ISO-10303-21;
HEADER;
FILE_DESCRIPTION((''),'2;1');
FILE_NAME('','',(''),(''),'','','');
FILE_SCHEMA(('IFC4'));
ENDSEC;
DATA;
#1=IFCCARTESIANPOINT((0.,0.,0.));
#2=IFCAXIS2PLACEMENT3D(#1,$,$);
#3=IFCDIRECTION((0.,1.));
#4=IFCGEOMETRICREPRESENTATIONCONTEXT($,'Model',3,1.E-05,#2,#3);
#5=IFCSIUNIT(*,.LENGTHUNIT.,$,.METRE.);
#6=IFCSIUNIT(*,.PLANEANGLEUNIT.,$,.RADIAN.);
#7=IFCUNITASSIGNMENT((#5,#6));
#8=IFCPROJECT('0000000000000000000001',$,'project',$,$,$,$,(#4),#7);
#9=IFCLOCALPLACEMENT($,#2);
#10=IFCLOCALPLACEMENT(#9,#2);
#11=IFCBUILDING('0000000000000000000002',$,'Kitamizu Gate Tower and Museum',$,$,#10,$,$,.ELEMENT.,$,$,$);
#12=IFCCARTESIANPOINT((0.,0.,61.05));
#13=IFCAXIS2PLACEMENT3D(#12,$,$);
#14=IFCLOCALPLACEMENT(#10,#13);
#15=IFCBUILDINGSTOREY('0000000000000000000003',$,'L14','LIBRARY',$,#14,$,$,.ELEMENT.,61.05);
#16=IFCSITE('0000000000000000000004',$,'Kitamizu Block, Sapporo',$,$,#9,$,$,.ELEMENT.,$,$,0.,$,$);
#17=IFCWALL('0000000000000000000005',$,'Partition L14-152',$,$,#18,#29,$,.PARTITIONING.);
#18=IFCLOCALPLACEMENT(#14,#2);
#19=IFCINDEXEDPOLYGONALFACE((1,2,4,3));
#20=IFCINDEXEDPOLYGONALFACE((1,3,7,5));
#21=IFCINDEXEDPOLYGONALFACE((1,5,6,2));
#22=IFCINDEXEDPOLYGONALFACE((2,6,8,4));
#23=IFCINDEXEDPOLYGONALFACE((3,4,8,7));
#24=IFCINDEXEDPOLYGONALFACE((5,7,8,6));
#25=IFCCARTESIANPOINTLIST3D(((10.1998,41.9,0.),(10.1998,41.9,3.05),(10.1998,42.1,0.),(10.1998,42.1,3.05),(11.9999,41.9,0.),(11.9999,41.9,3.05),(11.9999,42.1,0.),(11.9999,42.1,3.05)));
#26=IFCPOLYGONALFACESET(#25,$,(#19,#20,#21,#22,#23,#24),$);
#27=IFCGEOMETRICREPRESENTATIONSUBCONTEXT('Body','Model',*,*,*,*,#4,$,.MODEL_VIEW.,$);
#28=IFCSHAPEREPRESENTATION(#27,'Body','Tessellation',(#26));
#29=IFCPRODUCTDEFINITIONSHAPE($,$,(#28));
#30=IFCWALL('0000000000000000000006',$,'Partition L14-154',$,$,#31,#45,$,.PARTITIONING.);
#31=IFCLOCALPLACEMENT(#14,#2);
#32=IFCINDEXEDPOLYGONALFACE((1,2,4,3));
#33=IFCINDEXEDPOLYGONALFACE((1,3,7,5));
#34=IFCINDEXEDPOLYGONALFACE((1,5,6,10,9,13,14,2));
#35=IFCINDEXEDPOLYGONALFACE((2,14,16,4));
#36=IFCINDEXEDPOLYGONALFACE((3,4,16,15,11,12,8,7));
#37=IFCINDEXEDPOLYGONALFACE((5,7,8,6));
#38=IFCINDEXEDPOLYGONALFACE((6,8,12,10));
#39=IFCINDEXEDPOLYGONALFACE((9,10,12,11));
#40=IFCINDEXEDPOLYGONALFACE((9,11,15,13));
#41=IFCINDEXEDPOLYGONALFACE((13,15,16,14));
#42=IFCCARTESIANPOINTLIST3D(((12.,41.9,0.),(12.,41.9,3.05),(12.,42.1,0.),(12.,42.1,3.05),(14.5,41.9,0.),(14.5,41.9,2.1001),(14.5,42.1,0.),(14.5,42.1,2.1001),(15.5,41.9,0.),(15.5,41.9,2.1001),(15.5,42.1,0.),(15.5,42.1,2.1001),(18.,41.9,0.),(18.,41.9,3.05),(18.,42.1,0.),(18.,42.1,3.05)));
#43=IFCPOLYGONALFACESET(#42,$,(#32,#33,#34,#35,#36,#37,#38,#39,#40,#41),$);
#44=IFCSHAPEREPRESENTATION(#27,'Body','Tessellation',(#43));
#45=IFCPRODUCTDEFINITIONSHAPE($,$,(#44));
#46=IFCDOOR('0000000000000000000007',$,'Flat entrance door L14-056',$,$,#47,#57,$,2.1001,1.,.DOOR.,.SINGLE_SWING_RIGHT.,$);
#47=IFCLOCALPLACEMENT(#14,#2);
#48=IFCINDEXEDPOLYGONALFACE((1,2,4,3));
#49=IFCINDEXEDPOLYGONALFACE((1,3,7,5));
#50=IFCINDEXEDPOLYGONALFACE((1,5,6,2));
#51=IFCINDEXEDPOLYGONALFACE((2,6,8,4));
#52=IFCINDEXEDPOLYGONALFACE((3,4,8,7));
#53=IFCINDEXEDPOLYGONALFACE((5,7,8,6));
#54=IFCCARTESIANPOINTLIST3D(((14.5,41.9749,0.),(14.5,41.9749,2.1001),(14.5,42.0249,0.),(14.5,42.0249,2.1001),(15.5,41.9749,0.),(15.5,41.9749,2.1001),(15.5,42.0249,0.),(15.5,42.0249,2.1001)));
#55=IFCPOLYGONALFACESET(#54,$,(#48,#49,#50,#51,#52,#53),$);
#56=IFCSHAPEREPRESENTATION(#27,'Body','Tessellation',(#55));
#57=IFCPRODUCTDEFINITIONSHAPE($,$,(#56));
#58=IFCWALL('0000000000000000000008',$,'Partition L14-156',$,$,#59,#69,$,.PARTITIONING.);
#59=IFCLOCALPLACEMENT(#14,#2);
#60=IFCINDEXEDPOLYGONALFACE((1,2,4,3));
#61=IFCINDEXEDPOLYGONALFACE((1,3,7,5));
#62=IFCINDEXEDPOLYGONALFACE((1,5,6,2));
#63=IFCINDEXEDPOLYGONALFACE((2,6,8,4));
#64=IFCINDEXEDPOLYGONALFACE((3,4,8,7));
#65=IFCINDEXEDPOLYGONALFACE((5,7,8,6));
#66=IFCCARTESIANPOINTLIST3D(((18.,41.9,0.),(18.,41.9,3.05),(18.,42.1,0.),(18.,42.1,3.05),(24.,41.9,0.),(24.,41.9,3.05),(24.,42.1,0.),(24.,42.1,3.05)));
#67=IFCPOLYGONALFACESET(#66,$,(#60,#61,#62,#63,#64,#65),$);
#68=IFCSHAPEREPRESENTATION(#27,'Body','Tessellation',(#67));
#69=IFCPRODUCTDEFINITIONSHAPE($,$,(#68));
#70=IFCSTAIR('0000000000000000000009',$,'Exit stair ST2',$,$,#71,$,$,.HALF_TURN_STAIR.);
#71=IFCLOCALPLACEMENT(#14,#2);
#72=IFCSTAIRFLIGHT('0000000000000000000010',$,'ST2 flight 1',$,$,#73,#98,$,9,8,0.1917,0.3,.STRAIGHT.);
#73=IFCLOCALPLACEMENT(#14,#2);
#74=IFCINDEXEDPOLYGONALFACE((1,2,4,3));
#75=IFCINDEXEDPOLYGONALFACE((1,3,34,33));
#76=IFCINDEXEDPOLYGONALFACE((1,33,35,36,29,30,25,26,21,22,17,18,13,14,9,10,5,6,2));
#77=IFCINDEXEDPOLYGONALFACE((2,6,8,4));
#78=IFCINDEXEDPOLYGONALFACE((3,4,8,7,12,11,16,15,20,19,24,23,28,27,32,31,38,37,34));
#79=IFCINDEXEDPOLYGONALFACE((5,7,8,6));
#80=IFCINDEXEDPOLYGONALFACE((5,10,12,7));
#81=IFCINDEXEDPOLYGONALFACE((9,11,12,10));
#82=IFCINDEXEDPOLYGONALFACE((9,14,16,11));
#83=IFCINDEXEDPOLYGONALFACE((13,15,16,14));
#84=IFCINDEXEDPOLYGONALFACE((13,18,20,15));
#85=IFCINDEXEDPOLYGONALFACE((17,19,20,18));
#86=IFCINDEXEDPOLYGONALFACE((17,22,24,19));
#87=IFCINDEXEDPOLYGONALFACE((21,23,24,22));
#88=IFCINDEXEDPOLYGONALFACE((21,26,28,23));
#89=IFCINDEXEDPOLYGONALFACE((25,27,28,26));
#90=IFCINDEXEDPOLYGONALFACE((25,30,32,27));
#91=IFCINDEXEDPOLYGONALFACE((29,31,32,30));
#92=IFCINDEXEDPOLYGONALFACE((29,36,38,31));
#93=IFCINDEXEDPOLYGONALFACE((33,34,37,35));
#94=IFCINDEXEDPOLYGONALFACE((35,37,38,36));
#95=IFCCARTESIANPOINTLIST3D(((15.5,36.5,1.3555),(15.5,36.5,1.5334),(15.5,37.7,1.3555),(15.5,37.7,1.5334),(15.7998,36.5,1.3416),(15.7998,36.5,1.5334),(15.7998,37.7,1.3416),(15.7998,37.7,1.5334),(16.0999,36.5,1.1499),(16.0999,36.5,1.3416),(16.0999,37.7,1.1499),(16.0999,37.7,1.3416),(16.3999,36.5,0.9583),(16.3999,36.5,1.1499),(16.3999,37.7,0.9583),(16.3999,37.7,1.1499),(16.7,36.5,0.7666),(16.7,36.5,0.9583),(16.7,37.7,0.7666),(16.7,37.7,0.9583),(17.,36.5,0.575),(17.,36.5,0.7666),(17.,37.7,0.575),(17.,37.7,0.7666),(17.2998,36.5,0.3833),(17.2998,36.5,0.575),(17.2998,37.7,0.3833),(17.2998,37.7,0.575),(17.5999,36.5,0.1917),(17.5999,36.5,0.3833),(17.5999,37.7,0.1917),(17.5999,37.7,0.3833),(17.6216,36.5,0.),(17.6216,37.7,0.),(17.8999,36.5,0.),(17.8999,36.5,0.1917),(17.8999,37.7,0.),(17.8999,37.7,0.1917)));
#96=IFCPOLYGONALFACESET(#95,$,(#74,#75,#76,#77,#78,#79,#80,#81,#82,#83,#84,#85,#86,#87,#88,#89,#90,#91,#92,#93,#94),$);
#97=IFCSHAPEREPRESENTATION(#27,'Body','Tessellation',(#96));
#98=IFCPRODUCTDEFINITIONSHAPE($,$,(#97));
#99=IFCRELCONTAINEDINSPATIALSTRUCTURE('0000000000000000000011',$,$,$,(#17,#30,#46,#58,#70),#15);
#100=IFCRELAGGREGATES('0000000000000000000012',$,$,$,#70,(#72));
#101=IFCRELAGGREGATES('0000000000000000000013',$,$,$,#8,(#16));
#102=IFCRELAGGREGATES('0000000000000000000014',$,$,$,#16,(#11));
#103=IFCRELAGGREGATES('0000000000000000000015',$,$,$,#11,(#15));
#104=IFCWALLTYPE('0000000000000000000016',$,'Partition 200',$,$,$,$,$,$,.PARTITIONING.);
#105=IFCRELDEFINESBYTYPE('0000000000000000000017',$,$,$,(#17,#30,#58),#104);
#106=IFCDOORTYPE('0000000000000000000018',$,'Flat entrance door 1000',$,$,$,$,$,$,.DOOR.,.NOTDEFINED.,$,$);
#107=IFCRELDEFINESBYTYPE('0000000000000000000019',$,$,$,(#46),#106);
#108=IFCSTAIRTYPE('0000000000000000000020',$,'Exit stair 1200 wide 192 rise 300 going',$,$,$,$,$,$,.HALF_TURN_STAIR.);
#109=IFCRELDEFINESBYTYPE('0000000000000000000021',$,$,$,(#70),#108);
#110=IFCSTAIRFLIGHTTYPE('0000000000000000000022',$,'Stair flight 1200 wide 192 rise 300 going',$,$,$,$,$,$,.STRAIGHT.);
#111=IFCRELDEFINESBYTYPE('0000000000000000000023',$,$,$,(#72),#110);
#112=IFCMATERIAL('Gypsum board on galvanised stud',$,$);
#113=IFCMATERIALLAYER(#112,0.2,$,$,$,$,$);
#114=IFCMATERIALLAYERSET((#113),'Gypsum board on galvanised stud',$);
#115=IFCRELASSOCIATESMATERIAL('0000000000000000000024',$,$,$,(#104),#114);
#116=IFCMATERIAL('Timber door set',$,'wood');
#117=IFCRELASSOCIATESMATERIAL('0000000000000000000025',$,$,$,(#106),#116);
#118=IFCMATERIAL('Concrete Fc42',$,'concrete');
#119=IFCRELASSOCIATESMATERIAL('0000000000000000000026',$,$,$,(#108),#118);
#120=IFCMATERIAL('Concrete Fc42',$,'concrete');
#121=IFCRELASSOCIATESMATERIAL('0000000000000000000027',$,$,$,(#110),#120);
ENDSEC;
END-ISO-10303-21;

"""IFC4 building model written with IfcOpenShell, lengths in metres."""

from ifc_helpers import new_model, si_unit, direction, frame, frame_2d, origin, place, context, subcontext, project, spatial, polyline, rectangle, outline, extrude, material, layer, layer_set, type_object, element, fill, aggregate, save


model = new_model("IFC4")

# Units and contexts
model_context = context("Model", 3, precision=1e-05, world=origin(), true_north=direction((0.0, 1.0)))
body_context = subcontext(model_context, "Body", "Model", "MODEL_VIEW")
ifc_project = project(units=[si_unit("LENGTHUNIT", "METRE"), si_unit("PLANEANGLEUNIT", "RADIAN")], contexts=[model_context])

# Site, building, storey
site_placement = place(None, origin())
site = spatial("IfcSite", under=ifc_project, at=site_placement, Name="Kitamizu Block, Sapporo", CompositionType="ELEMENT", RefElevation=0.0)
building_placement = place(site_placement, origin())
building = spatial("IfcBuilding", under=site, at=building_placement, Name="Kitamizu Gate Tower and Museum", CompositionType="ELEMENT")
storey_placement = place(building_placement, frame((0.0, 0.0, 61.05)))
storey = spatial("IfcBuildingStorey", under=building, at=storey_placement, Name="L14", Description="LIBRARY", CompositionType="ELEMENT", Elevation=61.05)

# Wall
ifc_material_1 = material(Name="Gypsum board on galvanised stud")
ifc_layer_1 = layer(ifc_material_1, 0.2)
ifc_layer_set_1 = layer_set([ifc_layer_1], Name="Gypsum board on galvanised stud")
wall_type_1 = type_object("IfcWallType", Name="Partition 200", PredefinedType="PARTITIONING", material=ifc_layer_set_1)
wall_1_placement = place(storey_placement, frame((10.2, 42.0, 0.0), z_axis=(0.0, 0.0, 1.0), x_axis=(1.0, 0.0, 0.0)))
element("IfcWall", 1, at=wall_1_placement, inside=storey, type_object=wall_type_1, Name="Partition L14-152", PredefinedType="PARTITIONING", context=body_context, shape_type="SweptSolid", body=[
    extrude(rectangle(XDim=1.8, YDim=0.2, at=frame_2d((0.8999, 0.0))), origin(), (0.0, 0.0, 1.0), 3.05),
])

# Wall, opening, door
wall_2_placement = place(storey_placement, frame((12.0, 42.0, 0.0), z_axis=(0.0, 0.0, 1.0), x_axis=(1.0, 0.0, 0.0)))
wall_2 = element("IfcWall", 2, at=wall_2_placement, inside=storey, type_object=wall_type_1, Name="Partition L14-154", PredefinedType="PARTITIONING", context=body_context, shape_type="SweptSolid", body=[
    extrude(rectangle(XDim=6.0, YDim=0.2, at=frame_2d((3.0, 0.0))), origin(), (0.0, 0.0, 1.0), 3.05),
])
opening_1_placement = place(wall_2_placement, frame((2.5, 0.0, 0.0)))
opening_1 = element("IfcOpeningElement", 3, at=opening_1_placement, cuts=wall_2, PredefinedType="OPENING", context=body_context, shape_type="SweptSolid", body=[
    extrude(rectangle(XDim=1.0, YDim=2.1001, at=frame_2d((0.5, 1.05))), frame((0.0, 0.1099, 0.0), z_axis=(0.0, -1.0, 0.0), x_axis=(1.0, 0.0, 0.0)), (0.0, 0.0, 1.0), 0.22),
])
ifc_material_2 = material(Name="Timber door set", Category="wood")
door_type_1 = type_object("IfcDoorType", Name="Flat entrance door 1000", OperationType="NOTDEFINED", PredefinedType="DOOR", material=ifc_material_2)
door_1_placement = place(opening_1_placement, origin())
door_1 = element("IfcDoor", 4, at=door_1_placement, inside=storey, type_object=door_type_1, Name="Flat entrance door L14-056", OperationType="SINGLE_SWING_RIGHT", OverallHeight=2.1001, OverallWidth=1.0, PredefinedType="DOOR", context=body_context, shape_type="SweptSolid", body=[
    extrude(rectangle(XDim=1.0, YDim=2.1001, at=frame_2d((0.5, 1.05))), frame((0.0, 0.0249, 0.0), z_axis=(0.0, -1.0, 0.0), x_axis=(1.0, 0.0, 0.0)), (0.0, 0.0, 1.0), 0.05),
])
fill(opening_1, door_1)

# Wall
wall_3_placement = place(storey_placement, frame((18.0, 42.0, 0.0), z_axis=(0.0, 0.0, 1.0), x_axis=(1.0, 0.0, 0.0)))
element("IfcWall", 5, at=wall_3_placement, inside=storey, type_object=wall_type_1, Name="Partition L14-156", PredefinedType="PARTITIONING", context=body_context, shape_type="SweptSolid", body=[
    extrude(rectangle(XDim=6.0, YDim=0.2, at=frame_2d((3.0, 0.0))), origin(), (0.0, 0.0, 1.0), 3.05),
])

# Stair, stair flight
ifc_material_3 = material(Name="Concrete Fc42", Category="concrete")
stair_type = type_object("IfcStairType", Name="Exit stair 1200 wide 192 rise 300 going", PredefinedType="HALF_TURN_STAIR", material=ifc_material_3)
stair_placement = place(storey_placement, origin())
stair = element("IfcStair", 6, at=stair_placement, inside=storey, type_object=stair_type, Name="Exit stair ST2", PredefinedType="HALF_TURN_STAIR")
ifc_material_4 = material(Name="Concrete Fc42", Category="concrete")
stair_flight_type = type_object("IfcStairFlightType", Name="Stair flight 1200 wide 192 rise 300 going", PredefinedType="STRAIGHT", material=ifc_material_4)
stair_flight_placement = place(storey_placement, frame((17.8999, 37.1001, 0.0), z_axis=(0.0, 0.0, 1.0), x_axis=(-1.0, 0.0, 0.0)))
stair_flight = element("IfcStairFlight", 7, at=stair_flight_placement, type_object=stair_flight_type, Name="ST2 flight 1", NumberOfRisers=9, NumberOfTreads=8, PredefinedType="STRAIGHT", RiserHeight=0.1917, TreadLength=0.3, context=body_context, shape_type="SweptSolid", body=[
    extrude(outline(polyline([(0.0, 0.0), (0.0, 0.1917), (0.3, 0.1917), (0.3, 0.3833), (0.6001, 0.3833), (0.6001, 0.575), (0.8999, 0.575), (0.8999, 0.7666), (1.2, 0.7666), (1.2, 0.9583), (1.5, 0.9583), (1.5, 1.1499), (1.8, 1.1499), (1.8, 1.3416), (2.1001, 1.3416), (2.1001, 1.5334), (2.3999, 1.5334), (2.3999, 1.7251), (2.3999, 1.3555), (0.2783, 0.0), (0.0, 0.0)])), frame((0.0, 0.6001, 0.0), z_axis=(0.0, -1.0, 0.0), x_axis=(1.0, 0.0, 0.0)), (0.0, 0.0, 1.0), 1.2),
])
aggregate(stair, [stair_flight])

save(model, "model.ifc")
